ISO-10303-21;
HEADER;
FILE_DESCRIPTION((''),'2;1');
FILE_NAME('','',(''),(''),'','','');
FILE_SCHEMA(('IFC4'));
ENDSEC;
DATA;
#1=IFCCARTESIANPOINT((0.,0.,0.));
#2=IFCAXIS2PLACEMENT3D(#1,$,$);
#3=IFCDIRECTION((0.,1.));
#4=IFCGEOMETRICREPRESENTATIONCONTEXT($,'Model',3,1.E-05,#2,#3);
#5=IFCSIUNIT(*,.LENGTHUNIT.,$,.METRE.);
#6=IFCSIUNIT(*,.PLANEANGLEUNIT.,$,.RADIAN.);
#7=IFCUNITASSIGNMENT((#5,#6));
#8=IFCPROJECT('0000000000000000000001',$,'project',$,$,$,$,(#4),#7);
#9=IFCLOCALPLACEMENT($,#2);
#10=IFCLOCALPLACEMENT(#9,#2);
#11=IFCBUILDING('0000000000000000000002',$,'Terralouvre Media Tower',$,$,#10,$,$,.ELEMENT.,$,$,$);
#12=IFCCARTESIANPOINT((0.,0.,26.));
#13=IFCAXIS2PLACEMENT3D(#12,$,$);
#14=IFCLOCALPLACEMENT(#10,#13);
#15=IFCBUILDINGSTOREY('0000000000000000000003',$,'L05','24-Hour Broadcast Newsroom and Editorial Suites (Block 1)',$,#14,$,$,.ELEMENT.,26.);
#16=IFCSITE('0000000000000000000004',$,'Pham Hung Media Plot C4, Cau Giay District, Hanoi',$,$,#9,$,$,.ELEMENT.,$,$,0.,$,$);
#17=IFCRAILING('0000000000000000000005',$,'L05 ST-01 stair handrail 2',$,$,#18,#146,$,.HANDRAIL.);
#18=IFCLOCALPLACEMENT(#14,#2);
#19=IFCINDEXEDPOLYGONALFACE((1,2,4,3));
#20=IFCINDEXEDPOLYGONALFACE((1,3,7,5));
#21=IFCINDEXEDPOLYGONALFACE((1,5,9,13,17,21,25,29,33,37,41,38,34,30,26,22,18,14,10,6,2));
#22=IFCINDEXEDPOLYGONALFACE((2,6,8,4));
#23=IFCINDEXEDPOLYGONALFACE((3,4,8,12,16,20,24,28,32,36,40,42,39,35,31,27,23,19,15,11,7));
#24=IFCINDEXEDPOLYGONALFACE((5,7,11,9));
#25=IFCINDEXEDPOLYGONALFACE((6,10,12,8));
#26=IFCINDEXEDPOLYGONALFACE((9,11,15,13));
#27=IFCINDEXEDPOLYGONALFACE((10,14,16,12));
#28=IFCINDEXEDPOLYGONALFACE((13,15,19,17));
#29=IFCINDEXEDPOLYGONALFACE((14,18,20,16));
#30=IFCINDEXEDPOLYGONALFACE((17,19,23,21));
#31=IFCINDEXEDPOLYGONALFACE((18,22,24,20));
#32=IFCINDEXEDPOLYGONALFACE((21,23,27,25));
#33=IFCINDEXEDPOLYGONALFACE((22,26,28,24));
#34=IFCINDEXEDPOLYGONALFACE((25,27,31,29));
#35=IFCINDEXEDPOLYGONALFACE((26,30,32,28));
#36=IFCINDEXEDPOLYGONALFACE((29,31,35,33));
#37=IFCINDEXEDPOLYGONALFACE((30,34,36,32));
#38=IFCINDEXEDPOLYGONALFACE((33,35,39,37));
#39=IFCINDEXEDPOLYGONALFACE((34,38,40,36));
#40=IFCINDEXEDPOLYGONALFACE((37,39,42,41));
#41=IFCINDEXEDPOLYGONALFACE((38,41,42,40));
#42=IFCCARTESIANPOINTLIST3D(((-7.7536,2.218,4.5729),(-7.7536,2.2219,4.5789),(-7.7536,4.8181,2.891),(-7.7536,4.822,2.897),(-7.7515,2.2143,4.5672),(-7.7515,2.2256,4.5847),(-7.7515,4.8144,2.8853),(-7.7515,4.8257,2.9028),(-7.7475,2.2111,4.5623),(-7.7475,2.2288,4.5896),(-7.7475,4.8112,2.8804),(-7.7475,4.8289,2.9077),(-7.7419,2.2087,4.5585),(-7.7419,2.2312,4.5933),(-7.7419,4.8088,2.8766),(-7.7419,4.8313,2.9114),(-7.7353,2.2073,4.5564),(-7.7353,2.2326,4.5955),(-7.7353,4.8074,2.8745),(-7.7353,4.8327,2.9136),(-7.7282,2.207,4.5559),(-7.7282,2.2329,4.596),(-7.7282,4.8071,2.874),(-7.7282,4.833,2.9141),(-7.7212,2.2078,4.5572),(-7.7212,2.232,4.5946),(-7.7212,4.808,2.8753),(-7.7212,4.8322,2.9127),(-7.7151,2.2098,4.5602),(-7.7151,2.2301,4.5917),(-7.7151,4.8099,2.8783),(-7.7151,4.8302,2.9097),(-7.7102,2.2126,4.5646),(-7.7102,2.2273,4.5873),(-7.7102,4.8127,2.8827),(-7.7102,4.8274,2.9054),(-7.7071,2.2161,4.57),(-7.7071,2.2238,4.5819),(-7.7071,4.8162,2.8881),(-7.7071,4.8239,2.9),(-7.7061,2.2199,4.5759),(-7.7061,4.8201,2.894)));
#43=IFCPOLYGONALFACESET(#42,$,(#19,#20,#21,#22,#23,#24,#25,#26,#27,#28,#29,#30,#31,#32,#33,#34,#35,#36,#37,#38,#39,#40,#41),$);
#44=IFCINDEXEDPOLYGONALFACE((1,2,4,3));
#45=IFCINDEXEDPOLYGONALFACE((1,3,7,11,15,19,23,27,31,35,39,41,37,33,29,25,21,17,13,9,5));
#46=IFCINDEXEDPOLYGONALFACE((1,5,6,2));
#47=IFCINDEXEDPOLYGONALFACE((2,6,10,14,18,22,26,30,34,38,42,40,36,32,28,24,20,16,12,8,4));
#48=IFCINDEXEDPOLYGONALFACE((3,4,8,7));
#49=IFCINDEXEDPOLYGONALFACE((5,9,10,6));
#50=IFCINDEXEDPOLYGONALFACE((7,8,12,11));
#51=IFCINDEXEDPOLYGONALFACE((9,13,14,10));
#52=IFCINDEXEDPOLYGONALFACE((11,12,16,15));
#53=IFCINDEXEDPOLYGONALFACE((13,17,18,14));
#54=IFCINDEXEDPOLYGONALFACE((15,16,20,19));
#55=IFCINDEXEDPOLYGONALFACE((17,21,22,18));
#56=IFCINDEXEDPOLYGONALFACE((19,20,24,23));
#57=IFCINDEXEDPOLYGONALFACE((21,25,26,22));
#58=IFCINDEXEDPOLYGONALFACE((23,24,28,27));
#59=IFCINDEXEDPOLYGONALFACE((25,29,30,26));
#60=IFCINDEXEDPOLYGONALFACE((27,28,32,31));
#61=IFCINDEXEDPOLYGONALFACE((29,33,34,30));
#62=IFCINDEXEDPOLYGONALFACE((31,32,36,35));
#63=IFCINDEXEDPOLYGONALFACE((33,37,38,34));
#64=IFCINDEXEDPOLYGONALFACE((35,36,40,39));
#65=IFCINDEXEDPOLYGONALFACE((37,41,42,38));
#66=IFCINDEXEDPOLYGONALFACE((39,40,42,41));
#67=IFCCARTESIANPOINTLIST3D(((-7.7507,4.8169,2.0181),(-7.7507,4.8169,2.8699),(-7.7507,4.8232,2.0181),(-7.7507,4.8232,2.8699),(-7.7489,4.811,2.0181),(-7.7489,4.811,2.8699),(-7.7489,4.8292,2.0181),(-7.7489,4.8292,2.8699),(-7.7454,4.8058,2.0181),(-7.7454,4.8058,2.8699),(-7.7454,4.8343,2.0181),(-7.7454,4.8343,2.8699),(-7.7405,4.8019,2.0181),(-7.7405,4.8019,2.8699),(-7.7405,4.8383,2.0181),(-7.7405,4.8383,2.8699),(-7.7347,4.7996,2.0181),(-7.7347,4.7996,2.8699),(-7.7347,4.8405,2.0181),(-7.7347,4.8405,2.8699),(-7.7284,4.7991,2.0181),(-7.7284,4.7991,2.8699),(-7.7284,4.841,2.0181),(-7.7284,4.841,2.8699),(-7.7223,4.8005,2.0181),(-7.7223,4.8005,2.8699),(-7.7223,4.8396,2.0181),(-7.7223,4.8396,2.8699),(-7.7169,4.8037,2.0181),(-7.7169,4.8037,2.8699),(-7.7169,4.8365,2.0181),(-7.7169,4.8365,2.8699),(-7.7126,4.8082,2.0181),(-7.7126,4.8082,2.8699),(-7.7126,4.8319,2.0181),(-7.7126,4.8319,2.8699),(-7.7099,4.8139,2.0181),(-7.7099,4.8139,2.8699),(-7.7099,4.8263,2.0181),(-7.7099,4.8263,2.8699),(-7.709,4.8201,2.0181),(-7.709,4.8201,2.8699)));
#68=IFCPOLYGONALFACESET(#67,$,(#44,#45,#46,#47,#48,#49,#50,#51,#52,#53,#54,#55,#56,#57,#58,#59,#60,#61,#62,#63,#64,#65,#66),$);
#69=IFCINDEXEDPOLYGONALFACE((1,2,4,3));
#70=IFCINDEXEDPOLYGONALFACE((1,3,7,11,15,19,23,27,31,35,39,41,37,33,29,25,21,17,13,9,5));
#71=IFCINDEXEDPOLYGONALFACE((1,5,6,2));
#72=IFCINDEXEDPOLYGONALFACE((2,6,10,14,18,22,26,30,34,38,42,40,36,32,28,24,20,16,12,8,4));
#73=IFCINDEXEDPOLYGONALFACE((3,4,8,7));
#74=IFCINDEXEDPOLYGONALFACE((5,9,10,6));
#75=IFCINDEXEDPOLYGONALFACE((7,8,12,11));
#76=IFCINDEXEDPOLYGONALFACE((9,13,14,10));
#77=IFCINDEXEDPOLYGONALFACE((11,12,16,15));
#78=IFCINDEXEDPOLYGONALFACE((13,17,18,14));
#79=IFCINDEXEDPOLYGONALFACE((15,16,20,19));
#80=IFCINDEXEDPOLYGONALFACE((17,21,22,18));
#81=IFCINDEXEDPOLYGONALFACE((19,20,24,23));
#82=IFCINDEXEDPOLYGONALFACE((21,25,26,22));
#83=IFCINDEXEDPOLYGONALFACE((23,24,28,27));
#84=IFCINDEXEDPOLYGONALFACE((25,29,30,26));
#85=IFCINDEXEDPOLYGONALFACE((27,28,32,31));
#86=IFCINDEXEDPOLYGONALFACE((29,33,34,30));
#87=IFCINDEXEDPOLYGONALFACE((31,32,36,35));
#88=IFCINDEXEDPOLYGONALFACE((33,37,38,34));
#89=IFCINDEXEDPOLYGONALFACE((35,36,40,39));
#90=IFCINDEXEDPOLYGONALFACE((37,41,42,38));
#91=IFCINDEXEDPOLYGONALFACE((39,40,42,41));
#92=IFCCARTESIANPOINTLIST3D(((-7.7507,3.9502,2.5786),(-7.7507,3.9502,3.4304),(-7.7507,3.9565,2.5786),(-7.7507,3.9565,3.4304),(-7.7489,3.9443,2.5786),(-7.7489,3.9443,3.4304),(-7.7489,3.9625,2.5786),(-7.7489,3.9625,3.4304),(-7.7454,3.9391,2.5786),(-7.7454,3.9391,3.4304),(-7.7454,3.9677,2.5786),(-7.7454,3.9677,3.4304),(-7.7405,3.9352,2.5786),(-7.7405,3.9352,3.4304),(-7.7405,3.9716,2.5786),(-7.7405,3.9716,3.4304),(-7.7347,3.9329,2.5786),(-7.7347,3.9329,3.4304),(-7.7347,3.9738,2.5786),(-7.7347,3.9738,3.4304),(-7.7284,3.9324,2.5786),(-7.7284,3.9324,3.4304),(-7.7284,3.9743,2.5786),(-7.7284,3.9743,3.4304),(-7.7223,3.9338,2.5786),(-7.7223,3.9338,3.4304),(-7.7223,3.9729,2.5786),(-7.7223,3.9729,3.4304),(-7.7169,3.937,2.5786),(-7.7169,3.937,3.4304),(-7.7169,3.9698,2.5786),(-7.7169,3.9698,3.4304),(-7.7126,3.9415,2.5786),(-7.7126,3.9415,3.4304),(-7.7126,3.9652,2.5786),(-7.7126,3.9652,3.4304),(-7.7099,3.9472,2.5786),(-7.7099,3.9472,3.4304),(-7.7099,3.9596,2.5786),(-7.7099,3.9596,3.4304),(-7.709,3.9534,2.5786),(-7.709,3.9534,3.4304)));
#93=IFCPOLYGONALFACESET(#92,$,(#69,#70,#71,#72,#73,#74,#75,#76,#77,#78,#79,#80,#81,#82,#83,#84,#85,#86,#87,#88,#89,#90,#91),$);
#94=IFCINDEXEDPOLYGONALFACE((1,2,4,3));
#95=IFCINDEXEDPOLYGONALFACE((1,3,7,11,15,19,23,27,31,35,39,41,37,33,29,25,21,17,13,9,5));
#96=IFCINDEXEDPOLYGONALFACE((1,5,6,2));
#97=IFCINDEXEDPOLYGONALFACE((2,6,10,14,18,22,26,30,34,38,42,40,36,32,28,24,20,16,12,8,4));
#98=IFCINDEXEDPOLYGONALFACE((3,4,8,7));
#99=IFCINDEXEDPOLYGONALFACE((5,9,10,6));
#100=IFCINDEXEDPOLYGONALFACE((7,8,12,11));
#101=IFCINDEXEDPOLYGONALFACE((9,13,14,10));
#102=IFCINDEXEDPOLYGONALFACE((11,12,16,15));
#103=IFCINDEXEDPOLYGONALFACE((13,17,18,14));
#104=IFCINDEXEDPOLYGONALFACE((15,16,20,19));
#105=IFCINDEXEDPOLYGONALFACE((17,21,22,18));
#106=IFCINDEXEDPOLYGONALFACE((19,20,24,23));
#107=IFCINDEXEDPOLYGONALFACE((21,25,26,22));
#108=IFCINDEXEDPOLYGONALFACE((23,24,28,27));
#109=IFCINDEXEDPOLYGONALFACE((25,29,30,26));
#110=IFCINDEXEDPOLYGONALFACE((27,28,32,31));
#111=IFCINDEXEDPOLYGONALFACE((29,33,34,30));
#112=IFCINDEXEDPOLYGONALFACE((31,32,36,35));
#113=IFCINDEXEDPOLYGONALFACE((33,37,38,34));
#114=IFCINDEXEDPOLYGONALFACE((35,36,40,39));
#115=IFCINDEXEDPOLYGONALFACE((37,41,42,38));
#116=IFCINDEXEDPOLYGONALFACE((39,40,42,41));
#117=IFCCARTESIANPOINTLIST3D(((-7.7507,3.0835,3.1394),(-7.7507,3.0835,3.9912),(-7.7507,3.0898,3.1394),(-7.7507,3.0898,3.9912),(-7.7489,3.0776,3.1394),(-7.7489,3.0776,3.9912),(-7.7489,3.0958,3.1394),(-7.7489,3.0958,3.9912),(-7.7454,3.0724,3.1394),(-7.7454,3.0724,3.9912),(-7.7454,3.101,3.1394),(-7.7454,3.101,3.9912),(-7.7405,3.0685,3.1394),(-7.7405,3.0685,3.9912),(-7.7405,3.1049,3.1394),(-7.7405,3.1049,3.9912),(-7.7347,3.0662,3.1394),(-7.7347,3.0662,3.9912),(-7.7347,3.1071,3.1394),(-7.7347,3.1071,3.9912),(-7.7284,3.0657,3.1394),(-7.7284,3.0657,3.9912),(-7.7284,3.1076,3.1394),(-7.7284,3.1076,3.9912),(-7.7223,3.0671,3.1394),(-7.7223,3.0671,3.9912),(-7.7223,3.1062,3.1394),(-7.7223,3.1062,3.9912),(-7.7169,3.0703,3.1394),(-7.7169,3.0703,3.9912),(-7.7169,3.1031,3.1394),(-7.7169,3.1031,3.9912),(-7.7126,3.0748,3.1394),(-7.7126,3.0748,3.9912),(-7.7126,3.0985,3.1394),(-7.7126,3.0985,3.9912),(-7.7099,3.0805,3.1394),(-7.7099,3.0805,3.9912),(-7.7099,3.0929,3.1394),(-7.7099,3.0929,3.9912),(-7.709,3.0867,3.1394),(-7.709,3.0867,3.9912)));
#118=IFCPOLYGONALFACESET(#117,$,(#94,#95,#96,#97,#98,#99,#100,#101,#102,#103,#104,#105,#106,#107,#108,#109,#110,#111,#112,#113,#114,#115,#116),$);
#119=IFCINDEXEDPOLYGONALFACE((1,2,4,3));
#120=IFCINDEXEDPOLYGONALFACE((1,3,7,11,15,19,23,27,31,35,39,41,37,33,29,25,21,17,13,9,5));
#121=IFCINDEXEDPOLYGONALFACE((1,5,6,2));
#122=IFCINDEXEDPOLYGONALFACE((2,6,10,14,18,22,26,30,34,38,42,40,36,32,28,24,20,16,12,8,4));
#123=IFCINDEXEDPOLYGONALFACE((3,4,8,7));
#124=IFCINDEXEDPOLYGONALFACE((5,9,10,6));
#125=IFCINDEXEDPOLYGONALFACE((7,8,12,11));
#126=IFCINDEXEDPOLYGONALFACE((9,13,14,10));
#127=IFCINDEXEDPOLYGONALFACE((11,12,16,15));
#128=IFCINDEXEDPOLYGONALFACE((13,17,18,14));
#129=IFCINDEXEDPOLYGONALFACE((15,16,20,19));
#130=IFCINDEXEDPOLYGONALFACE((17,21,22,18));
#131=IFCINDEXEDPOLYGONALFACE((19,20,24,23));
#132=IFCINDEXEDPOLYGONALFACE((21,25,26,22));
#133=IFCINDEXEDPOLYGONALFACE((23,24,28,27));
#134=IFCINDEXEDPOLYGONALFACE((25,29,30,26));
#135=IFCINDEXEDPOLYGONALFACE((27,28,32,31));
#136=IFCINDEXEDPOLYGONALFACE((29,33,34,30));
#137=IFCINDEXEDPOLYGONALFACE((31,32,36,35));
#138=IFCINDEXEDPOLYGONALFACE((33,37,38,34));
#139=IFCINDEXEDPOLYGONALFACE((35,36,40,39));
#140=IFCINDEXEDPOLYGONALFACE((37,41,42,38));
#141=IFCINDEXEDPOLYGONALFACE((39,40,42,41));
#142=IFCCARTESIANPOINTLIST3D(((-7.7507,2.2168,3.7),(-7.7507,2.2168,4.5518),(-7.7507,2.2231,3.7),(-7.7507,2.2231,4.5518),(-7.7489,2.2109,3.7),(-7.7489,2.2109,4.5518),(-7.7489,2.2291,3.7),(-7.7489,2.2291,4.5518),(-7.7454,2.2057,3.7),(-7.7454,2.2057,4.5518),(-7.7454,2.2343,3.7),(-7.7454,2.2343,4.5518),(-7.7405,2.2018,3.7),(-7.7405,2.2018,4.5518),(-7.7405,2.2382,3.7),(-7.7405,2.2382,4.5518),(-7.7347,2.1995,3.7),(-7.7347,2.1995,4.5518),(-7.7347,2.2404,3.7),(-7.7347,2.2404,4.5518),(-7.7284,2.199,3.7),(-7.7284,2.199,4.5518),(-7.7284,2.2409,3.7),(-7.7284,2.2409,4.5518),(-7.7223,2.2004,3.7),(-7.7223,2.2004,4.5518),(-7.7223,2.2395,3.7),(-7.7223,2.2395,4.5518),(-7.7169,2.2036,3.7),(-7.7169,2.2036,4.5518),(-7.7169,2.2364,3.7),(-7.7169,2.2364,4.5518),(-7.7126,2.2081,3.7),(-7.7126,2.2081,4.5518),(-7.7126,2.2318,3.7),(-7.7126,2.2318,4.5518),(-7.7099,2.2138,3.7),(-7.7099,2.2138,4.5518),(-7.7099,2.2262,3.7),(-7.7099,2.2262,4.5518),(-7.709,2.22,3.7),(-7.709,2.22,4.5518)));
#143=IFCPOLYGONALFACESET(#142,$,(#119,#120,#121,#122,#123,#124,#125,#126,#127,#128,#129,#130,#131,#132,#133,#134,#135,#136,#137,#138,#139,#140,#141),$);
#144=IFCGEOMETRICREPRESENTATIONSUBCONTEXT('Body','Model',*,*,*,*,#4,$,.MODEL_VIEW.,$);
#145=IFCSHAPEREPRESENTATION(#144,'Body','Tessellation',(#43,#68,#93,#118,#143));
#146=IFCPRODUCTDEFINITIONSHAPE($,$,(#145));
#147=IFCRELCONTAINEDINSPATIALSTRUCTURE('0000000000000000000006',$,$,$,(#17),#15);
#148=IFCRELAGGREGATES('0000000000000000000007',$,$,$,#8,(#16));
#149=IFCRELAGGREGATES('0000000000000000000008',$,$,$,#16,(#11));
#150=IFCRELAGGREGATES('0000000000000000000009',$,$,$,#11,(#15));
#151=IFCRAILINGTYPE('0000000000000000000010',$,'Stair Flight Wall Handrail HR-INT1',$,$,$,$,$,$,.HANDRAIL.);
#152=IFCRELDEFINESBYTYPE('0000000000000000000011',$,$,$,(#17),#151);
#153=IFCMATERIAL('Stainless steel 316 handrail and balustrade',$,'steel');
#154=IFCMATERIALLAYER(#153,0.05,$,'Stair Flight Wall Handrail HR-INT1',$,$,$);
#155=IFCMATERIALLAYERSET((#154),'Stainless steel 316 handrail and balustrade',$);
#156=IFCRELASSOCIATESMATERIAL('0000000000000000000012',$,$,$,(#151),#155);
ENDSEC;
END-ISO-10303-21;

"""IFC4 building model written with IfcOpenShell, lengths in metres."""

from ifc_helpers import new_model, si_unit, direction, frame, origin, origin_2d, place, context, subcontext, project, spatial, circle, extrude, material, layer, layer_set, type_object, element, save


model = new_model("IFC4")

# Units and contexts
model_context = context("Model", 3, precision=1e-05, world=origin(), true_north=direction((0.0, 1.0)))
body_context = subcontext(model_context, "Body", "Model", "MODEL_VIEW")
ifc_project = project(units=[si_unit("LENGTHUNIT", "METRE"), si_unit("PLANEANGLEUNIT", "RADIAN")], contexts=[model_context])

# Site, building, storey
site_placement = place(None, origin())
site = spatial("IfcSite", under=ifc_project, at=site_placement, Name="Pham Hung Media Plot C4, Cau Giay District, Hanoi", CompositionType="ELEMENT", RefElevation=0.0)
building_placement = place(site_placement, origin())
building = spatial("IfcBuilding", under=site, at=building_placement, Name="Terralouvre Media Tower", CompositionType="ELEMENT")
storey_placement = place(building_placement, frame((0.0, 0.0, 26.0)))
storey = spatial("IfcBuildingStorey", under=building, at=storey_placement, Name="L05", Description="24-Hour Broadcast Newsroom and Editorial Suites (Block 1)", CompositionType="ELEMENT", Elevation=26.0)

# Railing
ifc_material_1 = material(Name="Stainless steel 316 handrail and balustrade", Category="steel")
ifc_layer_1 = layer(ifc_material_1, 0.05, Name="Stair Flight Wall Handrail HR-INT1")
ifc_layer_set_1 = layer_set([ifc_layer_1], Name="Stainless steel 316 handrail and balustrade")
railing_type_1 = type_object("IfcRailingType", Name="Stair Flight Wall Handrail HR-INT1", PredefinedType="HANDRAIL", material=ifc_layer_set_1)
railing_1_placement = place(storey_placement, frame((-7.73, 4.8201, 2.0181)))
element("IfcRailing", 1, at=railing_1_placement, inside=storey, type_object=railing_type_1, Name="L05 ST-01 stair handrail 2", PredefinedType="HANDRAIL", context=body_context, shape_type="SweptSolid", body=[
    extrude(circle(Radius=0.0239, at=origin_2d()), frame((0.0, 0.0, 0.876), z_axis=(0.0, -0.839648, 0.54313), x_axis=(1.0, 0.0, 0.0)), (0.0, 0.0, 1.0), 3.0967),
    extrude(circle(Radius=0.021, at=origin_2d()), origin(), (0.0, 0.0, 1.0), 0.8518),
    extrude(circle(Radius=0.021, at=origin_2d()), frame((0.0, -0.8667, 0.5605)), (0.0, 0.0, 1.0), 0.8518),
    extrude(circle(Radius=0.021, at=origin_2d()), frame((0.0, -1.7334, 1.1213)), (0.0, 0.0, 1.0), 0.8518),
    extrude(circle(Radius=0.021, at=origin_2d()), frame((0.0, -2.6001, 1.6819)), (0.0, 0.0, 1.0), 0.8518),
])

save(model, "model.ifc")
